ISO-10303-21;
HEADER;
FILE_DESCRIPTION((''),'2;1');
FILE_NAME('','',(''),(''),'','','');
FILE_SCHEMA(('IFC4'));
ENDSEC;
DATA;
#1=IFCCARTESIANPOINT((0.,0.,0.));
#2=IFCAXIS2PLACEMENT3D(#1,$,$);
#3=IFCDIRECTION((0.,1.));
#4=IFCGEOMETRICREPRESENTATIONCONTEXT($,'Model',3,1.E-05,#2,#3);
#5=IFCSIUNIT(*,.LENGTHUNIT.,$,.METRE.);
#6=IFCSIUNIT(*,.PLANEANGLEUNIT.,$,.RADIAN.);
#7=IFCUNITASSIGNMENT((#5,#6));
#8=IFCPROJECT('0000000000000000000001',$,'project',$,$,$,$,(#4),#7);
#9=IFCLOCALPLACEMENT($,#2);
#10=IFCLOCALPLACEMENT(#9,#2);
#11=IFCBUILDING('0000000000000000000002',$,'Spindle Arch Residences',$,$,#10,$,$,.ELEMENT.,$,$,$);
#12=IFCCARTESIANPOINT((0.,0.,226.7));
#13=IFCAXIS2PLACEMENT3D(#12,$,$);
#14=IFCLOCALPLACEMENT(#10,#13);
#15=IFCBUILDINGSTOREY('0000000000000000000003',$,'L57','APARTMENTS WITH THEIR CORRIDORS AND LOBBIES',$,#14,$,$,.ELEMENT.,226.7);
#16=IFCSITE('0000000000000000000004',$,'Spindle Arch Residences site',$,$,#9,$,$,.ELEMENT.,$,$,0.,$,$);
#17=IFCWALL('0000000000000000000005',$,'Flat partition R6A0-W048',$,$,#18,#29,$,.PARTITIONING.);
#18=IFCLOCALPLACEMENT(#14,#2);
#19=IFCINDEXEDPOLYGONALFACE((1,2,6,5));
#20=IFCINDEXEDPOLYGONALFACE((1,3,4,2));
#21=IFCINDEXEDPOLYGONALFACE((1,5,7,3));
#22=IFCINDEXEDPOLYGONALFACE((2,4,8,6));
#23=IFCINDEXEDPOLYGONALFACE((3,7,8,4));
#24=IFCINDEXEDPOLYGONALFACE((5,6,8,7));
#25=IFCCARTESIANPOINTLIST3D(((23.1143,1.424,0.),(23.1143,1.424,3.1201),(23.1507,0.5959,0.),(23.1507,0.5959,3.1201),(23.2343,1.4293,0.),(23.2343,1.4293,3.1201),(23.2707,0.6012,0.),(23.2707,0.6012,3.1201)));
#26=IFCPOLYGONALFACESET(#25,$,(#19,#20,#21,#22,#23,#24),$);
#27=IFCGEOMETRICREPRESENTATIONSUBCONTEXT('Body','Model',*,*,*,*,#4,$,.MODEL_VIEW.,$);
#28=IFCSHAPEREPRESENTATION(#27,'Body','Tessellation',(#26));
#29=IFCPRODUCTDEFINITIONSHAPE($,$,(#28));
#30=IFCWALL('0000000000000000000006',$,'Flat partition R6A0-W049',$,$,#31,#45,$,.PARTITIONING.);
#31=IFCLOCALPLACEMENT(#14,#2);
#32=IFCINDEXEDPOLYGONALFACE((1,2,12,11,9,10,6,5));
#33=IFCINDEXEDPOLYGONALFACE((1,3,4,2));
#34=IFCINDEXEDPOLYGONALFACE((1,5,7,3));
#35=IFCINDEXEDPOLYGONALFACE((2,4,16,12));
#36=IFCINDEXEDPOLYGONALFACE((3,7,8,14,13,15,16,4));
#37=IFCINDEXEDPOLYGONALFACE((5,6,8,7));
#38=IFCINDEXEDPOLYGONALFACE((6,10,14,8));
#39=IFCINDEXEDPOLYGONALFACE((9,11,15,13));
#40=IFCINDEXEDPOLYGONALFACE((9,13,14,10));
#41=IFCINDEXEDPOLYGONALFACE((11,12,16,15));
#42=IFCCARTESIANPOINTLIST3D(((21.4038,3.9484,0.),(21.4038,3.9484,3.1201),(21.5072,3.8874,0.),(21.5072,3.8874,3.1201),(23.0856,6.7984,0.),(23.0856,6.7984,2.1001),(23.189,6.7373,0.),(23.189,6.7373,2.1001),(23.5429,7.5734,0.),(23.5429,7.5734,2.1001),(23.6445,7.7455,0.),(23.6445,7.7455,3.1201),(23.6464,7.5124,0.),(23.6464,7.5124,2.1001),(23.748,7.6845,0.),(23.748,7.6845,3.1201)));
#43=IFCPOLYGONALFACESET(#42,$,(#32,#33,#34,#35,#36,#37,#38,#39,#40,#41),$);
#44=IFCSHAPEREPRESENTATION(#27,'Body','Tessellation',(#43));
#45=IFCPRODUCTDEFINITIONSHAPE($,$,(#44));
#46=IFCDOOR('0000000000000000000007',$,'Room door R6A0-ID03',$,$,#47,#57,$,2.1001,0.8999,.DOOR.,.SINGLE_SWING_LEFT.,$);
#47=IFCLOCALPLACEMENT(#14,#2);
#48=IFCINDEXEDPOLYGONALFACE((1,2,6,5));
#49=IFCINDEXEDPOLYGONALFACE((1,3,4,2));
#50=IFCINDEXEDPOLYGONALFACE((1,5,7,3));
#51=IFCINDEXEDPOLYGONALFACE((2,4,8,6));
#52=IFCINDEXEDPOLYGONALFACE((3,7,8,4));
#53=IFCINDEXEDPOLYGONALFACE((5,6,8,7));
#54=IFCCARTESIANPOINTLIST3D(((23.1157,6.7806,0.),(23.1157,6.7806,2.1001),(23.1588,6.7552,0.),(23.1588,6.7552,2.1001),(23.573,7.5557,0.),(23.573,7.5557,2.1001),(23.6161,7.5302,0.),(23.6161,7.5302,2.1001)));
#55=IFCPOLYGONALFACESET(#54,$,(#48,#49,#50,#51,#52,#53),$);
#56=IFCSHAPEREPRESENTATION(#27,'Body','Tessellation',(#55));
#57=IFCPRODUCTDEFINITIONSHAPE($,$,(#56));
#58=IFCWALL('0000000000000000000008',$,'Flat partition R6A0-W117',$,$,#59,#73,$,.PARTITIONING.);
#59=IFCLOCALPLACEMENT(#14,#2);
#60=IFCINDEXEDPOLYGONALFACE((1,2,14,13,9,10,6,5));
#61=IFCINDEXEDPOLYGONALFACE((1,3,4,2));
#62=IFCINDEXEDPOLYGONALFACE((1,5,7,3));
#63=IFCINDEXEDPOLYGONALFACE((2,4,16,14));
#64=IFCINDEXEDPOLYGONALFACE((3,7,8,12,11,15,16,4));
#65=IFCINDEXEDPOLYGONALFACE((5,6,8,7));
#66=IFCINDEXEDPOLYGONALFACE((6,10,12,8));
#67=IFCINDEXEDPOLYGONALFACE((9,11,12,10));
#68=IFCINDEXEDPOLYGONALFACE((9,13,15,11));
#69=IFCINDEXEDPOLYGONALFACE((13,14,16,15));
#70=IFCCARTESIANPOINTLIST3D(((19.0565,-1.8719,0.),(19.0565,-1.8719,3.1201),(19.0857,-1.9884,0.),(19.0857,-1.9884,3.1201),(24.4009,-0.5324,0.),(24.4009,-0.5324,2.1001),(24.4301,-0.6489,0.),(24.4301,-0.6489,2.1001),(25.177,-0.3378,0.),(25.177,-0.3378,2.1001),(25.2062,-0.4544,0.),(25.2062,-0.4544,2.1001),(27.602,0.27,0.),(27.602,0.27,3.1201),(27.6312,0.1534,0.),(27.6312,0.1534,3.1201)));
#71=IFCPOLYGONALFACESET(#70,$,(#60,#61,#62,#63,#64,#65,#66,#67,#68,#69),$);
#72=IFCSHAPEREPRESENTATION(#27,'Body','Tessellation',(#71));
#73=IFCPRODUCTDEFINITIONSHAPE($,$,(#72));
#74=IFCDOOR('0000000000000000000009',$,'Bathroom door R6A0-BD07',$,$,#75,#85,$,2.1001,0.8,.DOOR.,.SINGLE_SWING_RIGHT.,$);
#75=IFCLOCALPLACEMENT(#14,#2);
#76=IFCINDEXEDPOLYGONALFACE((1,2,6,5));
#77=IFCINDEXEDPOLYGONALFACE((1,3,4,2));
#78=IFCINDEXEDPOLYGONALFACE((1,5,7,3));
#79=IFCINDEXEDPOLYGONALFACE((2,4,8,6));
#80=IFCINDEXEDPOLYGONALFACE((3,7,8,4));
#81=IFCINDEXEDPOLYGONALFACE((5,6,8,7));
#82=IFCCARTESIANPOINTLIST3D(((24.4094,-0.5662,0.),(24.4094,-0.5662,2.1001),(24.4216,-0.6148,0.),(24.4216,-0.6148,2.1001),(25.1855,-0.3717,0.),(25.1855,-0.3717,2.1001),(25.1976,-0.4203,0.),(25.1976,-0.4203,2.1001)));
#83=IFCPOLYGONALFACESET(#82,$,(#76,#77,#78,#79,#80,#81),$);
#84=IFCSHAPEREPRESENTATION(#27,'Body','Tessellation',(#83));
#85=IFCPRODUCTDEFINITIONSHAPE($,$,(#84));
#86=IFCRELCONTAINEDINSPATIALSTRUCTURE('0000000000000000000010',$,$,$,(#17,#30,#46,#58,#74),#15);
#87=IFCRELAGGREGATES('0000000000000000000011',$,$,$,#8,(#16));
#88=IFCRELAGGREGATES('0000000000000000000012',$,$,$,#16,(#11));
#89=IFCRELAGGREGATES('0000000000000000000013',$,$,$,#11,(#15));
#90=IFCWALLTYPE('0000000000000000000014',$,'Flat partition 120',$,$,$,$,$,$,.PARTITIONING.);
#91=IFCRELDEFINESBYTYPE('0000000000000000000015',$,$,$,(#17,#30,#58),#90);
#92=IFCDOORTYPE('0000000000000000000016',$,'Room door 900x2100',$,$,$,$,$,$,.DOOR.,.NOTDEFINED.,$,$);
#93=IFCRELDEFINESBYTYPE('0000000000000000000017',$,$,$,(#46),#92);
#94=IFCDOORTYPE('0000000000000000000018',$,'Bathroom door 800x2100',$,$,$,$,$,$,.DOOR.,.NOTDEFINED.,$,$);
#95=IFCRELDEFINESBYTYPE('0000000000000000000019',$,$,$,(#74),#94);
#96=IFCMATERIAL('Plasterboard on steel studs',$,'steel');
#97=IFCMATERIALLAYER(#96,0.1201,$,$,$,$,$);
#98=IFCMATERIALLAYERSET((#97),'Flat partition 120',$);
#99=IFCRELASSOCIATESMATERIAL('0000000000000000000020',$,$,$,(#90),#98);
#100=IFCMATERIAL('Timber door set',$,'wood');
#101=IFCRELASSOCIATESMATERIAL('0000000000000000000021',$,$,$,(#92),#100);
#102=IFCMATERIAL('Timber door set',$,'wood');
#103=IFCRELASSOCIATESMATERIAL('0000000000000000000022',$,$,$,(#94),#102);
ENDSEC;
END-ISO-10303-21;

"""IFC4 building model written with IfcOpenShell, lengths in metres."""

from ifc_helpers import new_model, si_unit, direction, frame, frame_2d, origin, place, context, subcontext, project, spatial, rectangle, extrude, material, layer, layer_set, type_object, element, fill, save


model = new_model("IFC4")

# Units and contexts
model_context = context("Model", 3, precision=1e-05, world=origin(), true_north=direction((0.0, 1.0)))
body_context = subcontext(model_context, "Body", "Model", "MODEL_VIEW")
ifc_project = project(units=[si_unit("LENGTHUNIT", "METRE"), si_unit("PLANEANGLEUNIT", "RADIAN")], contexts=[model_context])

# Site, building, storey
site_placement = place(None, origin())
site = spatial("IfcSite", under=ifc_project, at=site_placement, Name="Spindle Arch Residences site", CompositionType="ELEMENT", RefElevation=0.0)
building_placement = place(site_placement, origin())
building = spatial("IfcBuilding", under=site, at=building_placement, Name="Spindle Arch Residences", CompositionType="ELEMENT")
storey_placement = place(building_placement, frame((0.0, 0.0, 226.7)))
storey = spatial("IfcBuildingStorey", under=building, at=storey_placement, Name="L57", Description="APARTMENTS WITH THEIR CORRIDORS AND LOBBIES", CompositionType="ELEMENT", Elevation=226.7)

# Wall
ifc_material_1 = material(Name="Plasterboard on steel studs", Category="steel")
ifc_layer_1 = layer(ifc_material_1, 0.1201)
ifc_layer_set_1 = layer_set([ifc_layer_1], Name="Flat partition 120")
wall_type = type_object("IfcWallType", Name="Flat partition 120", PredefinedType="PARTITIONING", material=ifc_layer_set_1)
for number, where, z_axis, x_axis, name in (
    (1, (23.1743, 1.4268, 0.0), (0.0, 0.0, 1.0), (0.043885, -0.999037, 0.0), "Flat partition R6A0-W048"),
):
    element("IfcWall", number, at=place(storey_placement, frame(where, z_axis=z_axis, x_axis=x_axis)), inside=storey, type_object=wall_type, Name=name, PredefinedType="PARTITIONING", context=body_context, shape_type="SweptSolid", body=[
        extrude(rectangle(XDim=0.8289, YDim=0.1201, at=frame_2d((0.4146, 0.0))), origin(), (0.0, 0.0, 1.0), 3.1201),
    ])

# Walls, openings, doors
wall_1_placement = place(storey_placement, frame((23.6963, 7.7151, 0.0), z_axis=(0.0, 0.0, 1.0), x_axis=(-0.50822, -0.861227, 0.0)))
wall_1 = element("IfcWall", 2, at=wall_1_placement, inside=storey, type_object=wall_type, Name="Flat partition R6A0-W049", PredefinedType="PARTITIONING", context=body_context, shape_type="SweptSolid", body=[
    extrude(rectangle(XDim=4.4089, YDim=0.1201, at=frame_2d((2.2046, 0.0))), origin(), (0.0, 0.0, 1.0), 3.1201),
])
opening_1_placement = place(wall_1_placement, frame((0.2, 0.0, 0.0)))
opening_1 = element("IfcOpeningElement", 3, at=opening_1_placement, cuts=wall_1, PredefinedType="OPENING", context=body_context, shape_type="SweptSolid", body=[
    extrude(rectangle(XDim=0.8999, YDim=2.1001, at=frame_2d((0.45, 1.05))), frame((0.0, 0.0701, 0.0), z_axis=(0.0, -1.0, 0.0), x_axis=(1.0, 0.0, 0.0)), (0.0, 0.0, 1.0), 0.1401),
])
ifc_material_2 = material(Name="Timber door set", Category="wood")
door_type_1 = type_object("IfcDoorType", Name="Room door 900x2100", OperationType="NOTDEFINED", PredefinedType="DOOR", material=ifc_material_2)
door_1_placement = place(opening_1_placement, origin())
door_1 = element("IfcDoor", 4, at=door_1_placement, inside=storey, type_object=door_type_1, Name="Room door R6A0-ID03", OperationType="SINGLE_SWING_LEFT", OverallHeight=2.1001, OverallWidth=0.8999, PredefinedType="DOOR", context=body_context, shape_type="SweptSolid", body=[
    extrude(rectangle(XDim=0.8999, YDim=2.1001, at=frame_2d((0.45, 1.05))), frame((0.0, 0.0249, 0.0), z_axis=(0.0, -1.0, 0.0), x_axis=(1.0, 0.0, 0.0)), (0.0, 0.0, 1.0), 0.05),
])
fill(opening_1, door_1)
wall_2_placement = place(storey_placement, frame((27.6165, 0.2117, 0.0), z_axis=(0.0, 0.0, 1.0), x_axis=(-0.969996, -0.243122, 0.0)))
wall_2 = element("IfcWall", 5, at=wall_2_placement, inside=storey, type_object=wall_type, Name="Flat partition R6A0-W117", PredefinedType="PARTITIONING", context=body_context, shape_type="SweptSolid", body=[
    extrude(rectangle(XDim=8.8098, YDim=0.1201, at=frame_2d((4.4048, 0.0))), origin(), (0.0, 0.0, 1.0), 3.1201),
])
opening_2_placement = place(wall_2_placement, frame((2.5, 0.0, 0.0)))
opening_2 = element("IfcOpeningElement", 6, at=opening_2_placement, cuts=wall_2, PredefinedType="OPENING", context=body_context, shape_type="SweptSolid", body=[
    extrude(rectangle(XDim=0.8, YDim=2.1001, at=frame_2d((0.3999, 1.05))), frame((0.0, 0.0701, 0.0), z_axis=(0.0, -1.0, 0.0), x_axis=(1.0, 0.0, 0.0)), (0.0, 0.0, 1.0), 0.1401),
])
ifc_material_3 = material(Name="Timber door set", Category="wood")
door_type_2 = type_object("IfcDoorType", Name="Bathroom door 800x2100", OperationType="NOTDEFINED", PredefinedType="DOOR", material=ifc_material_3)
door_2_placement = place(opening_2_placement, origin())
door_2 = element("IfcDoor", 7, at=door_2_placement, inside=storey, type_object=door_type_2, Name="Bathroom door R6A0-BD07", OperationType="SINGLE_SWING_RIGHT", OverallHeight=2.1001, OverallWidth=0.8, PredefinedType="DOOR", context=body_context, shape_type="SweptSolid", body=[
    extrude(rectangle(XDim=0.8, YDim=2.1001, at=frame_2d((0.3999, 1.05))), frame((0.0, 0.0249, 0.0), z_axis=(0.0, -1.0, 0.0), x_axis=(1.0, 0.0, 0.0)), (0.0, 0.0, 1.0), 0.05),
])
fill(opening_2, door_2)

save(model, "model.ifc")
